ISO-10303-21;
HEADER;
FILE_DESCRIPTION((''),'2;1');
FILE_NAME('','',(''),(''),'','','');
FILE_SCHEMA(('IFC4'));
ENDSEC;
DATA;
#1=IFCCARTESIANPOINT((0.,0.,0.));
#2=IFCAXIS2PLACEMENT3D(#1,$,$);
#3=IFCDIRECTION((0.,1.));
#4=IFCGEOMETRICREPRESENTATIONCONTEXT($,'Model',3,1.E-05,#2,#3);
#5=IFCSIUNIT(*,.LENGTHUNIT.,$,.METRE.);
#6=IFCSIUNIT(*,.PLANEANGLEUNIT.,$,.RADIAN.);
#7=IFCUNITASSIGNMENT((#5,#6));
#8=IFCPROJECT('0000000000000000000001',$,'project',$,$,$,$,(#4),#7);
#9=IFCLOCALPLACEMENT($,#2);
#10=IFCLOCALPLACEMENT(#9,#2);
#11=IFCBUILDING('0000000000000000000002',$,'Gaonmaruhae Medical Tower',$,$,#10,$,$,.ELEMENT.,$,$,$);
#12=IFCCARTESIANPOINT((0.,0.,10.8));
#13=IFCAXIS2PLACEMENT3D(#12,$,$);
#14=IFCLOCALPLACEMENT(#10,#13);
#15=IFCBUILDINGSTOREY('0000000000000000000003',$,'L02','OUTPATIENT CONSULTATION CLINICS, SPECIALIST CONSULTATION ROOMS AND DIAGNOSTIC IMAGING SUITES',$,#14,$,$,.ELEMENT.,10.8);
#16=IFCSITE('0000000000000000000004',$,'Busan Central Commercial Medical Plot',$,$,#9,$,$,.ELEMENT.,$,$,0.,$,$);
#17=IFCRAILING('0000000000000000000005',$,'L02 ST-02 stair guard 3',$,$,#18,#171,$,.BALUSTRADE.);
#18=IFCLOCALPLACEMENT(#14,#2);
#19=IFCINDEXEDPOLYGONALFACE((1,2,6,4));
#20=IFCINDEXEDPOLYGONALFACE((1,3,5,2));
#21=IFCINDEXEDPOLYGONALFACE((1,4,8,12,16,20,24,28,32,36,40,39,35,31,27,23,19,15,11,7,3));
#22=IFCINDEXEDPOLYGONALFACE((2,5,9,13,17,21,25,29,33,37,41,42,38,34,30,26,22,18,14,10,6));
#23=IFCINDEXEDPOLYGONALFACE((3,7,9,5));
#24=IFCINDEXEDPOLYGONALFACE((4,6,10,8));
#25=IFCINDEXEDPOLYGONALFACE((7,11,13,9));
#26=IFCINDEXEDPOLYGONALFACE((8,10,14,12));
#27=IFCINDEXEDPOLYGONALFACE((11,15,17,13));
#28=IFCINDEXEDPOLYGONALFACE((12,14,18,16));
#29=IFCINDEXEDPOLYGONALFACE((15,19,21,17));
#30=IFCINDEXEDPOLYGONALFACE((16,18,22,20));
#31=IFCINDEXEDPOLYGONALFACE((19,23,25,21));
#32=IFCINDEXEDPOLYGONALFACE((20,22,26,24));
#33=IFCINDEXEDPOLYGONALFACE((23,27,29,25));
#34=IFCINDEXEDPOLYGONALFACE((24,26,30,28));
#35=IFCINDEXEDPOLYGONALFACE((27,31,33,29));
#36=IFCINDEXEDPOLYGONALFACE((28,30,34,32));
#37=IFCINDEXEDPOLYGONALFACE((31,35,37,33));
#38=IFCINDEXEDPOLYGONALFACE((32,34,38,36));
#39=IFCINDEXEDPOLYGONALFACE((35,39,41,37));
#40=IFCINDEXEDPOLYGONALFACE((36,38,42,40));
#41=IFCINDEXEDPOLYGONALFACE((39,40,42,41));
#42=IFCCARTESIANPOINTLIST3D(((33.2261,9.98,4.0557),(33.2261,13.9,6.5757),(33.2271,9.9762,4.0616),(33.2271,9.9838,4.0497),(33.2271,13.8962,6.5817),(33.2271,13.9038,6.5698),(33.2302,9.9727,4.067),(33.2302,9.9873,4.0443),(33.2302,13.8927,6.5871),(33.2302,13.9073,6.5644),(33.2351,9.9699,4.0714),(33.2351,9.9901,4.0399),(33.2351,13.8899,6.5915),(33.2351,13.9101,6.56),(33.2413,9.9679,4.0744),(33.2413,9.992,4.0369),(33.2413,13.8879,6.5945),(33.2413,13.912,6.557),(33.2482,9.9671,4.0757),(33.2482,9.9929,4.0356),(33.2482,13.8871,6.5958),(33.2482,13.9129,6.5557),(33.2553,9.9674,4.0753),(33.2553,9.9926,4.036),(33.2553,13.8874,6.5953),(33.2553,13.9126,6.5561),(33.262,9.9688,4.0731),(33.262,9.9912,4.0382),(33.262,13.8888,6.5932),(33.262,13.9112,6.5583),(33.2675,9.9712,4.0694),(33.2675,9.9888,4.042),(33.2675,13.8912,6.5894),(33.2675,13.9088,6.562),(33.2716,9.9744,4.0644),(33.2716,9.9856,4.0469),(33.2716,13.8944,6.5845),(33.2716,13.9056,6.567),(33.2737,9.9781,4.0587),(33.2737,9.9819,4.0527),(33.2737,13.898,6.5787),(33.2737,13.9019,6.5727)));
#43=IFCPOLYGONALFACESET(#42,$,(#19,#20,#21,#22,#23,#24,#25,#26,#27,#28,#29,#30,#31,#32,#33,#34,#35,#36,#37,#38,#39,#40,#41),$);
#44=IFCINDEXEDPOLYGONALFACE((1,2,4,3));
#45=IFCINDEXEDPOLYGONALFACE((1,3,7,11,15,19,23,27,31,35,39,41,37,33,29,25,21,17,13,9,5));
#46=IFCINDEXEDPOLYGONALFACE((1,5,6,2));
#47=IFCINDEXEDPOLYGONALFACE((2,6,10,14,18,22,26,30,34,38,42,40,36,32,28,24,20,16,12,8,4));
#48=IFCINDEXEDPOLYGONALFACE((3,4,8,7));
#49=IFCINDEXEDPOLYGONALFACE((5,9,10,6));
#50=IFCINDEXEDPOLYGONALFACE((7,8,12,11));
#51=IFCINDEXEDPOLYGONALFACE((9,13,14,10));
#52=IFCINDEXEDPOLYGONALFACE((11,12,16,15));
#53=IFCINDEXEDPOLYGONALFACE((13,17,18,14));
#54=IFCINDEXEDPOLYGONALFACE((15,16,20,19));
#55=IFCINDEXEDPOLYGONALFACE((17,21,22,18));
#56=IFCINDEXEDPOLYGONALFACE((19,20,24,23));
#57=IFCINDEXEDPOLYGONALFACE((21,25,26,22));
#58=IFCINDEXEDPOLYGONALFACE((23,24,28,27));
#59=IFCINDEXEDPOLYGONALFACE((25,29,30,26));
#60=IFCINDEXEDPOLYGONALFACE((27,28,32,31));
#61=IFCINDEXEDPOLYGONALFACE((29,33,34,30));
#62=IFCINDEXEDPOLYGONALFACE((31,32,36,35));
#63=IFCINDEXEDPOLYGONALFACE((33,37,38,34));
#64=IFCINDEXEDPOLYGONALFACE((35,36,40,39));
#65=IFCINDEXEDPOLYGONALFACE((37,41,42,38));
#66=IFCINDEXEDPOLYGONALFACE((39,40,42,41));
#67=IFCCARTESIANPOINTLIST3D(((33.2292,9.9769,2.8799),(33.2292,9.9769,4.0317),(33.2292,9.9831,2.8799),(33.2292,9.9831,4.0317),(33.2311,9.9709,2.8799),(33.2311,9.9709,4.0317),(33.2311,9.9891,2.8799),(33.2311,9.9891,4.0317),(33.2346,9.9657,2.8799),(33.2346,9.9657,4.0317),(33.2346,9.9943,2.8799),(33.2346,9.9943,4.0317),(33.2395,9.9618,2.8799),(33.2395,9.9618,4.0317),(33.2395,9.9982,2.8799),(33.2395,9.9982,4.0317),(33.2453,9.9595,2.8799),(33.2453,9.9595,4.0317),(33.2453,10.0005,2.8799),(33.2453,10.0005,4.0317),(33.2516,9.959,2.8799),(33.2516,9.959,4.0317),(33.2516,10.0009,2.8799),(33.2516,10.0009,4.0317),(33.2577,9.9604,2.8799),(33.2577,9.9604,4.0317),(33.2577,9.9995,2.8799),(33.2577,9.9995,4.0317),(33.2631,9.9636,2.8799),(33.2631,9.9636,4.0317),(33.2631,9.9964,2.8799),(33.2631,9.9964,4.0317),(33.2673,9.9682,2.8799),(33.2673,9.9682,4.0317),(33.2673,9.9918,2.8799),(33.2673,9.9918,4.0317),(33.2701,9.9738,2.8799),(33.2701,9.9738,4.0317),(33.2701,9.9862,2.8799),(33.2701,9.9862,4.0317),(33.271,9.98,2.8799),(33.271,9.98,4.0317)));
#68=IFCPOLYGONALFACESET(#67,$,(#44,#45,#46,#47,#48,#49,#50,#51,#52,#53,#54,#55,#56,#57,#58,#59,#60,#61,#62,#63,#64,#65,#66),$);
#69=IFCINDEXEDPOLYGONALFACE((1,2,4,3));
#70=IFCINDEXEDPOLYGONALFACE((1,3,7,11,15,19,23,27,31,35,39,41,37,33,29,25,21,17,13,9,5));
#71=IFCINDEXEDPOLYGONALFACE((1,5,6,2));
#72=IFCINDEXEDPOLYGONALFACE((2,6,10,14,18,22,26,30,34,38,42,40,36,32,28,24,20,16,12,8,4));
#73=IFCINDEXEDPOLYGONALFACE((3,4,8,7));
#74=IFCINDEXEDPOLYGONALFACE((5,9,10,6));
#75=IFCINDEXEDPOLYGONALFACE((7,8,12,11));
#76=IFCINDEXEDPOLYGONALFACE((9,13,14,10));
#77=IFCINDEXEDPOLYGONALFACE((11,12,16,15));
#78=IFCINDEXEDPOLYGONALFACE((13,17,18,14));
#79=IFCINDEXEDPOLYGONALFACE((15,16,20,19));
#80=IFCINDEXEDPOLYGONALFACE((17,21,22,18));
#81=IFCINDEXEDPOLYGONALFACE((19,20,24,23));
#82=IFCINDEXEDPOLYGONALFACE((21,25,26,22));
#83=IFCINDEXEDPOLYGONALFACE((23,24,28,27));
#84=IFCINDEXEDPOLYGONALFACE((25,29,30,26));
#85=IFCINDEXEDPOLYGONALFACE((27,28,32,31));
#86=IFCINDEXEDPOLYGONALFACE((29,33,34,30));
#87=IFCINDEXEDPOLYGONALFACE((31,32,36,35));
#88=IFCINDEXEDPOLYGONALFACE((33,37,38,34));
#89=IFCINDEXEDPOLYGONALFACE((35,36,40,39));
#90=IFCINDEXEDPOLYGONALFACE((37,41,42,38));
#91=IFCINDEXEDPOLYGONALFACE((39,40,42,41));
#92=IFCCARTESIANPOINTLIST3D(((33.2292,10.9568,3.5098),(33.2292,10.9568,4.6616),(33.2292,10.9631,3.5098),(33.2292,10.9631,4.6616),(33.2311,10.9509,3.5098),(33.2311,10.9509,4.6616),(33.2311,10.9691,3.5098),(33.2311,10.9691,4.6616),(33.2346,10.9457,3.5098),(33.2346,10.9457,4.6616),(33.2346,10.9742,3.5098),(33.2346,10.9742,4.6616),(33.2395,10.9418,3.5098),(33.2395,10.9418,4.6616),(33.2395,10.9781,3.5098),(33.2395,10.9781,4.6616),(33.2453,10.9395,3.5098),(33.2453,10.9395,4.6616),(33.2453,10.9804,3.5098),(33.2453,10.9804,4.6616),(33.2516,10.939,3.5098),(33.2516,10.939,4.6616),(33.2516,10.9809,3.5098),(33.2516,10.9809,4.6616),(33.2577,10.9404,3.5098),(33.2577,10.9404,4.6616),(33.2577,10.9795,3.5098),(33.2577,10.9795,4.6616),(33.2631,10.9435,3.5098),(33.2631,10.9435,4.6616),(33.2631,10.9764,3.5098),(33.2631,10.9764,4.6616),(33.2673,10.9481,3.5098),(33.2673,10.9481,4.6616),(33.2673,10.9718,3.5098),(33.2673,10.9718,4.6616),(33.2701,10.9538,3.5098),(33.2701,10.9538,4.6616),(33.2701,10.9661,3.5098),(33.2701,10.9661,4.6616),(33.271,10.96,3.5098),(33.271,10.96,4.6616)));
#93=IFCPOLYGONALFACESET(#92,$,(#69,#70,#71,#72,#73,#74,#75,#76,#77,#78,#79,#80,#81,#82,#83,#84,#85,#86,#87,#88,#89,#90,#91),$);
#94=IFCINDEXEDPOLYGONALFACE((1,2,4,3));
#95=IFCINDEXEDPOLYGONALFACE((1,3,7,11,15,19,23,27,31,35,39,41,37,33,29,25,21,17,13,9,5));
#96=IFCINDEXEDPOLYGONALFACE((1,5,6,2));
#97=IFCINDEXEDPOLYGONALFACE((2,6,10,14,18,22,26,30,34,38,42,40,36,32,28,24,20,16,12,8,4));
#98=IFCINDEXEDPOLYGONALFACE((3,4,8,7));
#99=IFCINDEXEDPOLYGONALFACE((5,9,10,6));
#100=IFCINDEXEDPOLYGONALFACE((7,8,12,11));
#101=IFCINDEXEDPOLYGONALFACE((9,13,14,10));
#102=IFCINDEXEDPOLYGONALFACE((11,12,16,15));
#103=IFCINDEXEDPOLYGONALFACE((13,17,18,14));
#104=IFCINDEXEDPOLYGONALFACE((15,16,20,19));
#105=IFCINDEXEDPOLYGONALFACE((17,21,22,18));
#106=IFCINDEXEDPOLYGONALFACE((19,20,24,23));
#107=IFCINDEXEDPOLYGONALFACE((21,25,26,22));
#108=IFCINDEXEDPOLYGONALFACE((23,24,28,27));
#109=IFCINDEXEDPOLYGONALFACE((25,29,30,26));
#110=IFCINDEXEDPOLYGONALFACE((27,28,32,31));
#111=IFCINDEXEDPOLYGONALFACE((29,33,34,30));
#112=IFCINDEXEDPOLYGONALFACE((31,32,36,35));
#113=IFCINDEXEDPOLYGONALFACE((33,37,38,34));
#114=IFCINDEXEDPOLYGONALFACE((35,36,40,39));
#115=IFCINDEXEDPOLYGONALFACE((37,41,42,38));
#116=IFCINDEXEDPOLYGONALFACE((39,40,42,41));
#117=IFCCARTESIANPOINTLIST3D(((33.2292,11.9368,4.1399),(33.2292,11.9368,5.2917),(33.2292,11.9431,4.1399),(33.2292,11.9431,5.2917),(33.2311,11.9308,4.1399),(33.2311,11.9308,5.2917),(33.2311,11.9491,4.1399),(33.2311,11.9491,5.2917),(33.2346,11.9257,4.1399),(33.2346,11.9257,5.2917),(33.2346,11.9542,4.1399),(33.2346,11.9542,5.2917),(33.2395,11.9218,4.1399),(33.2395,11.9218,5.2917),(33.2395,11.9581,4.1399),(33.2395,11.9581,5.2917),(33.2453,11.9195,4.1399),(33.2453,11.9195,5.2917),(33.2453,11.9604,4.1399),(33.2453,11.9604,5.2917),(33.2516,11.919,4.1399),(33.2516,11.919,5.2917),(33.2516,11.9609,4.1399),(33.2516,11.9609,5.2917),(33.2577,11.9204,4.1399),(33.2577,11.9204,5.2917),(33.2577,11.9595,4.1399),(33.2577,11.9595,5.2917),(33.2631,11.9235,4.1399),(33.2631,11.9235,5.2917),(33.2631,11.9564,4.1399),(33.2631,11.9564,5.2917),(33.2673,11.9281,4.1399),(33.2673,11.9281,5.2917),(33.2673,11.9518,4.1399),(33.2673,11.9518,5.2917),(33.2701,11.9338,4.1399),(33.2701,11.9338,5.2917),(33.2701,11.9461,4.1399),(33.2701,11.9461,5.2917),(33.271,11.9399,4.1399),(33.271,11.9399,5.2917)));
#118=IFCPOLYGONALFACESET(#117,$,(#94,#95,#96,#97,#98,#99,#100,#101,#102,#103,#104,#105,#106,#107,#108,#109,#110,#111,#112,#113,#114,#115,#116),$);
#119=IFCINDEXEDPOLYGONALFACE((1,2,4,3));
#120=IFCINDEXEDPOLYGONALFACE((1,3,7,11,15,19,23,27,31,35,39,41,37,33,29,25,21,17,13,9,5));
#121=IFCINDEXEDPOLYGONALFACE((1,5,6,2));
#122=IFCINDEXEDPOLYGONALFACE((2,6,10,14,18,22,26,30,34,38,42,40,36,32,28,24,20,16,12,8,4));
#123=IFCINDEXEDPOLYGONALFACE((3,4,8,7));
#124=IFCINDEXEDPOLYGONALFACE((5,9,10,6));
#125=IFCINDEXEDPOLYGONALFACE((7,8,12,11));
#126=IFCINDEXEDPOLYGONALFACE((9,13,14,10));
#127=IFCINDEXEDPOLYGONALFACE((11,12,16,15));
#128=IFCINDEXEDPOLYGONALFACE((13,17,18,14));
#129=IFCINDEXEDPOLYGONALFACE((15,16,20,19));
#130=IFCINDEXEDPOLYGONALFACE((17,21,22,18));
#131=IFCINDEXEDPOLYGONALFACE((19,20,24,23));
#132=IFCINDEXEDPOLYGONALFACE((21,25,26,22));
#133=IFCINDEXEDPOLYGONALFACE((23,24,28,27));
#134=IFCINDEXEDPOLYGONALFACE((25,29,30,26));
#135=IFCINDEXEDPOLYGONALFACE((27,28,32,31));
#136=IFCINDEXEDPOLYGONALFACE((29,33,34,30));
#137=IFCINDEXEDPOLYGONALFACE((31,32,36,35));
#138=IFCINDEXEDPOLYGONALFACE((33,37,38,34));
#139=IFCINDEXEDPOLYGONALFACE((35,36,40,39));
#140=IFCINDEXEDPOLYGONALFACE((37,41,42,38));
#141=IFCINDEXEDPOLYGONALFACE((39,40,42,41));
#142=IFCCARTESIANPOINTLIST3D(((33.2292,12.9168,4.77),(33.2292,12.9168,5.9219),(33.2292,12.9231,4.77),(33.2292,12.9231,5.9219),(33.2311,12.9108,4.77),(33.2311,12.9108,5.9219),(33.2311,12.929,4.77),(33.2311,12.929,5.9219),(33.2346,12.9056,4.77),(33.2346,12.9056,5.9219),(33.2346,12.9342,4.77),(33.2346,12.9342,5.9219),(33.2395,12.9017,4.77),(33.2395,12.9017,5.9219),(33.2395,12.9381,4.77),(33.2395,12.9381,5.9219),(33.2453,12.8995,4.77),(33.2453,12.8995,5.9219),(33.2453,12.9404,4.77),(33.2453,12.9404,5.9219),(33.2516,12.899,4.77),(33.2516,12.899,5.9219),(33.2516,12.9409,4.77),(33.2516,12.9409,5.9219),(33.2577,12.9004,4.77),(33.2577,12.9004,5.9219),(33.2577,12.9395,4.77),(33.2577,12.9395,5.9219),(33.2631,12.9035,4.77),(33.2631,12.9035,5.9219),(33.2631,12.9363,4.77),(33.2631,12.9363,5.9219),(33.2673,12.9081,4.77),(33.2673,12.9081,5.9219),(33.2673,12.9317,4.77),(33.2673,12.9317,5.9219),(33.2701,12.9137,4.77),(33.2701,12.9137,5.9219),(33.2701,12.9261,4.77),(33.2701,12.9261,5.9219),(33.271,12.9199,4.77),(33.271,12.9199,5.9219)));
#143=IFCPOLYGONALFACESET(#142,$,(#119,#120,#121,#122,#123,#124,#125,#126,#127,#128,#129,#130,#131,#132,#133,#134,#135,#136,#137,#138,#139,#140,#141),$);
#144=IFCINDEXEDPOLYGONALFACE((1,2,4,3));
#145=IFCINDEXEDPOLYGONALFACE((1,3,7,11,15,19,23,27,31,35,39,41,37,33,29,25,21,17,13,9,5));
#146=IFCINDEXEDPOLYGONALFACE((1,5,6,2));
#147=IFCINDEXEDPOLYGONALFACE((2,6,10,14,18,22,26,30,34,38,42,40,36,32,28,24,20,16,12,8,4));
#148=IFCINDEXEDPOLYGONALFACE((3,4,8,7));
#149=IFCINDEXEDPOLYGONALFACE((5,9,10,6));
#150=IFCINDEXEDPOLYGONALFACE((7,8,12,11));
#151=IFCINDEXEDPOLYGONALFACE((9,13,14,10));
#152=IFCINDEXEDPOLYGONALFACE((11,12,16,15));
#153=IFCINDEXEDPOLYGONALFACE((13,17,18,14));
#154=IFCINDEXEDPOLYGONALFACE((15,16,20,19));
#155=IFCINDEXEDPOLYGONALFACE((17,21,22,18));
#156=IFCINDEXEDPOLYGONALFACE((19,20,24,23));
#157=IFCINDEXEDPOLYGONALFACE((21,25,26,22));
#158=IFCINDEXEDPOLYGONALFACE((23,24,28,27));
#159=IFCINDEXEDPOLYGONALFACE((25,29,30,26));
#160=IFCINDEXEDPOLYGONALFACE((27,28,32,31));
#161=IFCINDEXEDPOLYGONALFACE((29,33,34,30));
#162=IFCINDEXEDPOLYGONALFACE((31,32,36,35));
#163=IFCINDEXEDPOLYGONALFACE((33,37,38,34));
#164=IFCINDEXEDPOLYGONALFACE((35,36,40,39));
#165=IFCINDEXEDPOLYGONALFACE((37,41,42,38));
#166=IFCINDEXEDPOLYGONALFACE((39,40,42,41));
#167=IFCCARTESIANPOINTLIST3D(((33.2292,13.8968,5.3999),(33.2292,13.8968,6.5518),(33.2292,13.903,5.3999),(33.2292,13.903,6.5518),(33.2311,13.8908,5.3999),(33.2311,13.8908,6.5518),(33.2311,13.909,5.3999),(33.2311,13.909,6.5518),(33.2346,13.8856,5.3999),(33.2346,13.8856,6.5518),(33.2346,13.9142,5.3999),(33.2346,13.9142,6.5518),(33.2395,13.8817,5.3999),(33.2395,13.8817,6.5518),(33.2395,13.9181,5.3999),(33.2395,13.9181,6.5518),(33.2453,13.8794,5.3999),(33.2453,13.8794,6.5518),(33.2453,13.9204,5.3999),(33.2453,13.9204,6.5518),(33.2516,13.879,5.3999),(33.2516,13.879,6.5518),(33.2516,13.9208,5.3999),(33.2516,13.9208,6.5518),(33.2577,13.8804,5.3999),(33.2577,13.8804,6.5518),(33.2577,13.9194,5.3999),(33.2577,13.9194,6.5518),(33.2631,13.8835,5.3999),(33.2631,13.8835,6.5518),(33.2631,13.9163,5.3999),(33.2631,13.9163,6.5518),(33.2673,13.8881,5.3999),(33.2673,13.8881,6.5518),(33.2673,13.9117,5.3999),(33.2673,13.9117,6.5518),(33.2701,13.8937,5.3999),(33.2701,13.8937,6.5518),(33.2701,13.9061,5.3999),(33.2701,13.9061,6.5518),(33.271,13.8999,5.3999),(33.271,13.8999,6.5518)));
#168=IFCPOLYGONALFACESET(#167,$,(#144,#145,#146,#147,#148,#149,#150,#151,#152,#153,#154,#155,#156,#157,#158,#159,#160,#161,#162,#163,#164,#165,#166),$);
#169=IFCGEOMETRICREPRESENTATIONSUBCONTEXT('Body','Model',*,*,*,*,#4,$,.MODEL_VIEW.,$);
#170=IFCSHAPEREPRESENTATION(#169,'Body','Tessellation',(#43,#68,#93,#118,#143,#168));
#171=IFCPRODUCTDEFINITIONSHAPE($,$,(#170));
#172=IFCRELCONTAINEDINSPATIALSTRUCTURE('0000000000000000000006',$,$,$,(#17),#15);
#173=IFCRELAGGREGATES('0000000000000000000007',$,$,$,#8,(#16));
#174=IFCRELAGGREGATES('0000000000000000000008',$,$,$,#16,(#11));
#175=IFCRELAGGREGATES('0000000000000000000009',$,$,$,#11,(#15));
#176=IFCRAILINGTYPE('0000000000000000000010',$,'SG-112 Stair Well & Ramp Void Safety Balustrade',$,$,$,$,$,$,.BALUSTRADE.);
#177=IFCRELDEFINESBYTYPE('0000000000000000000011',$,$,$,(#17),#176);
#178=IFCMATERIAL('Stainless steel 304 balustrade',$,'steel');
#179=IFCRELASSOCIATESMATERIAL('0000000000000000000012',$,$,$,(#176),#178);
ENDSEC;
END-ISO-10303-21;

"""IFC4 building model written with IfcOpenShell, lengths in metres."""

from ifc_helpers import new_model, si_unit, direction, frame, origin, origin_2d, place, context, subcontext, project, spatial, circle, extrude, material, type_object, element, save


model = new_model("IFC4")

# Units and contexts
model_context = context("Model", 3, precision=1e-05, world=origin(), true_north=direction((0.0, 1.0)))
body_context = subcontext(model_context, "Body", "Model", "MODEL_VIEW")
ifc_project = project(units=[si_unit("LENGTHUNIT", "METRE"), si_unit("PLANEANGLEUNIT", "RADIAN")], contexts=[model_context])

# Site, building, storey
site_placement = place(None, origin())
site = spatial("IfcSite", under=ifc_project, at=site_placement, Name="Busan Central Commercial Medical Plot", CompositionType="ELEMENT", RefElevation=0.0)
building_placement = place(site_placement, origin())
building = spatial("IfcBuilding", under=site, at=building_placement, Name="Gaonmaruhae Medical Tower", CompositionType="ELEMENT")
storey_placement = place(building_placement, frame((0.0, 0.0, 10.8)))
storey = spatial("IfcBuildingStorey", under=building, at=storey_placement, Name="L02", Description="OUTPATIENT CONSULTATION CLINICS, SPECIALIST CONSULTATION ROOMS AND DIAGNOSTIC IMAGING SUITES", CompositionType="ELEMENT", Elevation=10.8)

# Railing
ifc_material_1 = material(Name="Stainless steel 304 balustrade", Category="steel")
railing_type_1 = type_object("IfcRailingType", Name="SG-112 Stair Well & Ramp Void Safety Balustrade", PredefinedType="BALUSTRADE", material=ifc_material_1)
railing_1_placement = place(storey_placement, frame((33.25, 9.98, 2.8799)))
element("IfcRailing", 1, at=railing_1_placement, inside=storey, type_object=railing_type_1, Name="L02 ST-02 stair guard 3", PredefinedType="BALUSTRADE", context=body_context, shape_type="SweptSolid", body=[
    extrude(circle(Radius=0.0239, at=origin_2d()), frame((0.0, 0.0, 1.1758), z_axis=(0.0, 0.841172, 0.540768), x_axis=(-1.0, 0.0, 0.0)), (0.0, 0.0, 1.0), 4.6602),
    extrude(circle(Radius=0.021, at=origin_2d()), origin(), (0.0, 0.0, 1.0), 1.1519),
    extrude(circle(Radius=0.021, at=origin_2d()), frame((0.0, 0.98, 0.6299)), (0.0, 0.0, 1.0), 1.1519),
    extrude(circle(Radius=0.021, at=origin_2d()), frame((0.0, 1.96, 1.26)), (0.0, 0.0, 1.0), 1.1519),
    extrude(circle(Radius=0.021, at=origin_2d()), frame((0.0, 2.9399, 1.8901)), (0.0, 0.0, 1.0), 1.1519),
    extrude(circle(Radius=0.021, at=origin_2d()), frame((0.0, 3.9199, 2.52)), (0.0, 0.0, 1.0), 1.1519),
])

save(model, "model.ifc")
